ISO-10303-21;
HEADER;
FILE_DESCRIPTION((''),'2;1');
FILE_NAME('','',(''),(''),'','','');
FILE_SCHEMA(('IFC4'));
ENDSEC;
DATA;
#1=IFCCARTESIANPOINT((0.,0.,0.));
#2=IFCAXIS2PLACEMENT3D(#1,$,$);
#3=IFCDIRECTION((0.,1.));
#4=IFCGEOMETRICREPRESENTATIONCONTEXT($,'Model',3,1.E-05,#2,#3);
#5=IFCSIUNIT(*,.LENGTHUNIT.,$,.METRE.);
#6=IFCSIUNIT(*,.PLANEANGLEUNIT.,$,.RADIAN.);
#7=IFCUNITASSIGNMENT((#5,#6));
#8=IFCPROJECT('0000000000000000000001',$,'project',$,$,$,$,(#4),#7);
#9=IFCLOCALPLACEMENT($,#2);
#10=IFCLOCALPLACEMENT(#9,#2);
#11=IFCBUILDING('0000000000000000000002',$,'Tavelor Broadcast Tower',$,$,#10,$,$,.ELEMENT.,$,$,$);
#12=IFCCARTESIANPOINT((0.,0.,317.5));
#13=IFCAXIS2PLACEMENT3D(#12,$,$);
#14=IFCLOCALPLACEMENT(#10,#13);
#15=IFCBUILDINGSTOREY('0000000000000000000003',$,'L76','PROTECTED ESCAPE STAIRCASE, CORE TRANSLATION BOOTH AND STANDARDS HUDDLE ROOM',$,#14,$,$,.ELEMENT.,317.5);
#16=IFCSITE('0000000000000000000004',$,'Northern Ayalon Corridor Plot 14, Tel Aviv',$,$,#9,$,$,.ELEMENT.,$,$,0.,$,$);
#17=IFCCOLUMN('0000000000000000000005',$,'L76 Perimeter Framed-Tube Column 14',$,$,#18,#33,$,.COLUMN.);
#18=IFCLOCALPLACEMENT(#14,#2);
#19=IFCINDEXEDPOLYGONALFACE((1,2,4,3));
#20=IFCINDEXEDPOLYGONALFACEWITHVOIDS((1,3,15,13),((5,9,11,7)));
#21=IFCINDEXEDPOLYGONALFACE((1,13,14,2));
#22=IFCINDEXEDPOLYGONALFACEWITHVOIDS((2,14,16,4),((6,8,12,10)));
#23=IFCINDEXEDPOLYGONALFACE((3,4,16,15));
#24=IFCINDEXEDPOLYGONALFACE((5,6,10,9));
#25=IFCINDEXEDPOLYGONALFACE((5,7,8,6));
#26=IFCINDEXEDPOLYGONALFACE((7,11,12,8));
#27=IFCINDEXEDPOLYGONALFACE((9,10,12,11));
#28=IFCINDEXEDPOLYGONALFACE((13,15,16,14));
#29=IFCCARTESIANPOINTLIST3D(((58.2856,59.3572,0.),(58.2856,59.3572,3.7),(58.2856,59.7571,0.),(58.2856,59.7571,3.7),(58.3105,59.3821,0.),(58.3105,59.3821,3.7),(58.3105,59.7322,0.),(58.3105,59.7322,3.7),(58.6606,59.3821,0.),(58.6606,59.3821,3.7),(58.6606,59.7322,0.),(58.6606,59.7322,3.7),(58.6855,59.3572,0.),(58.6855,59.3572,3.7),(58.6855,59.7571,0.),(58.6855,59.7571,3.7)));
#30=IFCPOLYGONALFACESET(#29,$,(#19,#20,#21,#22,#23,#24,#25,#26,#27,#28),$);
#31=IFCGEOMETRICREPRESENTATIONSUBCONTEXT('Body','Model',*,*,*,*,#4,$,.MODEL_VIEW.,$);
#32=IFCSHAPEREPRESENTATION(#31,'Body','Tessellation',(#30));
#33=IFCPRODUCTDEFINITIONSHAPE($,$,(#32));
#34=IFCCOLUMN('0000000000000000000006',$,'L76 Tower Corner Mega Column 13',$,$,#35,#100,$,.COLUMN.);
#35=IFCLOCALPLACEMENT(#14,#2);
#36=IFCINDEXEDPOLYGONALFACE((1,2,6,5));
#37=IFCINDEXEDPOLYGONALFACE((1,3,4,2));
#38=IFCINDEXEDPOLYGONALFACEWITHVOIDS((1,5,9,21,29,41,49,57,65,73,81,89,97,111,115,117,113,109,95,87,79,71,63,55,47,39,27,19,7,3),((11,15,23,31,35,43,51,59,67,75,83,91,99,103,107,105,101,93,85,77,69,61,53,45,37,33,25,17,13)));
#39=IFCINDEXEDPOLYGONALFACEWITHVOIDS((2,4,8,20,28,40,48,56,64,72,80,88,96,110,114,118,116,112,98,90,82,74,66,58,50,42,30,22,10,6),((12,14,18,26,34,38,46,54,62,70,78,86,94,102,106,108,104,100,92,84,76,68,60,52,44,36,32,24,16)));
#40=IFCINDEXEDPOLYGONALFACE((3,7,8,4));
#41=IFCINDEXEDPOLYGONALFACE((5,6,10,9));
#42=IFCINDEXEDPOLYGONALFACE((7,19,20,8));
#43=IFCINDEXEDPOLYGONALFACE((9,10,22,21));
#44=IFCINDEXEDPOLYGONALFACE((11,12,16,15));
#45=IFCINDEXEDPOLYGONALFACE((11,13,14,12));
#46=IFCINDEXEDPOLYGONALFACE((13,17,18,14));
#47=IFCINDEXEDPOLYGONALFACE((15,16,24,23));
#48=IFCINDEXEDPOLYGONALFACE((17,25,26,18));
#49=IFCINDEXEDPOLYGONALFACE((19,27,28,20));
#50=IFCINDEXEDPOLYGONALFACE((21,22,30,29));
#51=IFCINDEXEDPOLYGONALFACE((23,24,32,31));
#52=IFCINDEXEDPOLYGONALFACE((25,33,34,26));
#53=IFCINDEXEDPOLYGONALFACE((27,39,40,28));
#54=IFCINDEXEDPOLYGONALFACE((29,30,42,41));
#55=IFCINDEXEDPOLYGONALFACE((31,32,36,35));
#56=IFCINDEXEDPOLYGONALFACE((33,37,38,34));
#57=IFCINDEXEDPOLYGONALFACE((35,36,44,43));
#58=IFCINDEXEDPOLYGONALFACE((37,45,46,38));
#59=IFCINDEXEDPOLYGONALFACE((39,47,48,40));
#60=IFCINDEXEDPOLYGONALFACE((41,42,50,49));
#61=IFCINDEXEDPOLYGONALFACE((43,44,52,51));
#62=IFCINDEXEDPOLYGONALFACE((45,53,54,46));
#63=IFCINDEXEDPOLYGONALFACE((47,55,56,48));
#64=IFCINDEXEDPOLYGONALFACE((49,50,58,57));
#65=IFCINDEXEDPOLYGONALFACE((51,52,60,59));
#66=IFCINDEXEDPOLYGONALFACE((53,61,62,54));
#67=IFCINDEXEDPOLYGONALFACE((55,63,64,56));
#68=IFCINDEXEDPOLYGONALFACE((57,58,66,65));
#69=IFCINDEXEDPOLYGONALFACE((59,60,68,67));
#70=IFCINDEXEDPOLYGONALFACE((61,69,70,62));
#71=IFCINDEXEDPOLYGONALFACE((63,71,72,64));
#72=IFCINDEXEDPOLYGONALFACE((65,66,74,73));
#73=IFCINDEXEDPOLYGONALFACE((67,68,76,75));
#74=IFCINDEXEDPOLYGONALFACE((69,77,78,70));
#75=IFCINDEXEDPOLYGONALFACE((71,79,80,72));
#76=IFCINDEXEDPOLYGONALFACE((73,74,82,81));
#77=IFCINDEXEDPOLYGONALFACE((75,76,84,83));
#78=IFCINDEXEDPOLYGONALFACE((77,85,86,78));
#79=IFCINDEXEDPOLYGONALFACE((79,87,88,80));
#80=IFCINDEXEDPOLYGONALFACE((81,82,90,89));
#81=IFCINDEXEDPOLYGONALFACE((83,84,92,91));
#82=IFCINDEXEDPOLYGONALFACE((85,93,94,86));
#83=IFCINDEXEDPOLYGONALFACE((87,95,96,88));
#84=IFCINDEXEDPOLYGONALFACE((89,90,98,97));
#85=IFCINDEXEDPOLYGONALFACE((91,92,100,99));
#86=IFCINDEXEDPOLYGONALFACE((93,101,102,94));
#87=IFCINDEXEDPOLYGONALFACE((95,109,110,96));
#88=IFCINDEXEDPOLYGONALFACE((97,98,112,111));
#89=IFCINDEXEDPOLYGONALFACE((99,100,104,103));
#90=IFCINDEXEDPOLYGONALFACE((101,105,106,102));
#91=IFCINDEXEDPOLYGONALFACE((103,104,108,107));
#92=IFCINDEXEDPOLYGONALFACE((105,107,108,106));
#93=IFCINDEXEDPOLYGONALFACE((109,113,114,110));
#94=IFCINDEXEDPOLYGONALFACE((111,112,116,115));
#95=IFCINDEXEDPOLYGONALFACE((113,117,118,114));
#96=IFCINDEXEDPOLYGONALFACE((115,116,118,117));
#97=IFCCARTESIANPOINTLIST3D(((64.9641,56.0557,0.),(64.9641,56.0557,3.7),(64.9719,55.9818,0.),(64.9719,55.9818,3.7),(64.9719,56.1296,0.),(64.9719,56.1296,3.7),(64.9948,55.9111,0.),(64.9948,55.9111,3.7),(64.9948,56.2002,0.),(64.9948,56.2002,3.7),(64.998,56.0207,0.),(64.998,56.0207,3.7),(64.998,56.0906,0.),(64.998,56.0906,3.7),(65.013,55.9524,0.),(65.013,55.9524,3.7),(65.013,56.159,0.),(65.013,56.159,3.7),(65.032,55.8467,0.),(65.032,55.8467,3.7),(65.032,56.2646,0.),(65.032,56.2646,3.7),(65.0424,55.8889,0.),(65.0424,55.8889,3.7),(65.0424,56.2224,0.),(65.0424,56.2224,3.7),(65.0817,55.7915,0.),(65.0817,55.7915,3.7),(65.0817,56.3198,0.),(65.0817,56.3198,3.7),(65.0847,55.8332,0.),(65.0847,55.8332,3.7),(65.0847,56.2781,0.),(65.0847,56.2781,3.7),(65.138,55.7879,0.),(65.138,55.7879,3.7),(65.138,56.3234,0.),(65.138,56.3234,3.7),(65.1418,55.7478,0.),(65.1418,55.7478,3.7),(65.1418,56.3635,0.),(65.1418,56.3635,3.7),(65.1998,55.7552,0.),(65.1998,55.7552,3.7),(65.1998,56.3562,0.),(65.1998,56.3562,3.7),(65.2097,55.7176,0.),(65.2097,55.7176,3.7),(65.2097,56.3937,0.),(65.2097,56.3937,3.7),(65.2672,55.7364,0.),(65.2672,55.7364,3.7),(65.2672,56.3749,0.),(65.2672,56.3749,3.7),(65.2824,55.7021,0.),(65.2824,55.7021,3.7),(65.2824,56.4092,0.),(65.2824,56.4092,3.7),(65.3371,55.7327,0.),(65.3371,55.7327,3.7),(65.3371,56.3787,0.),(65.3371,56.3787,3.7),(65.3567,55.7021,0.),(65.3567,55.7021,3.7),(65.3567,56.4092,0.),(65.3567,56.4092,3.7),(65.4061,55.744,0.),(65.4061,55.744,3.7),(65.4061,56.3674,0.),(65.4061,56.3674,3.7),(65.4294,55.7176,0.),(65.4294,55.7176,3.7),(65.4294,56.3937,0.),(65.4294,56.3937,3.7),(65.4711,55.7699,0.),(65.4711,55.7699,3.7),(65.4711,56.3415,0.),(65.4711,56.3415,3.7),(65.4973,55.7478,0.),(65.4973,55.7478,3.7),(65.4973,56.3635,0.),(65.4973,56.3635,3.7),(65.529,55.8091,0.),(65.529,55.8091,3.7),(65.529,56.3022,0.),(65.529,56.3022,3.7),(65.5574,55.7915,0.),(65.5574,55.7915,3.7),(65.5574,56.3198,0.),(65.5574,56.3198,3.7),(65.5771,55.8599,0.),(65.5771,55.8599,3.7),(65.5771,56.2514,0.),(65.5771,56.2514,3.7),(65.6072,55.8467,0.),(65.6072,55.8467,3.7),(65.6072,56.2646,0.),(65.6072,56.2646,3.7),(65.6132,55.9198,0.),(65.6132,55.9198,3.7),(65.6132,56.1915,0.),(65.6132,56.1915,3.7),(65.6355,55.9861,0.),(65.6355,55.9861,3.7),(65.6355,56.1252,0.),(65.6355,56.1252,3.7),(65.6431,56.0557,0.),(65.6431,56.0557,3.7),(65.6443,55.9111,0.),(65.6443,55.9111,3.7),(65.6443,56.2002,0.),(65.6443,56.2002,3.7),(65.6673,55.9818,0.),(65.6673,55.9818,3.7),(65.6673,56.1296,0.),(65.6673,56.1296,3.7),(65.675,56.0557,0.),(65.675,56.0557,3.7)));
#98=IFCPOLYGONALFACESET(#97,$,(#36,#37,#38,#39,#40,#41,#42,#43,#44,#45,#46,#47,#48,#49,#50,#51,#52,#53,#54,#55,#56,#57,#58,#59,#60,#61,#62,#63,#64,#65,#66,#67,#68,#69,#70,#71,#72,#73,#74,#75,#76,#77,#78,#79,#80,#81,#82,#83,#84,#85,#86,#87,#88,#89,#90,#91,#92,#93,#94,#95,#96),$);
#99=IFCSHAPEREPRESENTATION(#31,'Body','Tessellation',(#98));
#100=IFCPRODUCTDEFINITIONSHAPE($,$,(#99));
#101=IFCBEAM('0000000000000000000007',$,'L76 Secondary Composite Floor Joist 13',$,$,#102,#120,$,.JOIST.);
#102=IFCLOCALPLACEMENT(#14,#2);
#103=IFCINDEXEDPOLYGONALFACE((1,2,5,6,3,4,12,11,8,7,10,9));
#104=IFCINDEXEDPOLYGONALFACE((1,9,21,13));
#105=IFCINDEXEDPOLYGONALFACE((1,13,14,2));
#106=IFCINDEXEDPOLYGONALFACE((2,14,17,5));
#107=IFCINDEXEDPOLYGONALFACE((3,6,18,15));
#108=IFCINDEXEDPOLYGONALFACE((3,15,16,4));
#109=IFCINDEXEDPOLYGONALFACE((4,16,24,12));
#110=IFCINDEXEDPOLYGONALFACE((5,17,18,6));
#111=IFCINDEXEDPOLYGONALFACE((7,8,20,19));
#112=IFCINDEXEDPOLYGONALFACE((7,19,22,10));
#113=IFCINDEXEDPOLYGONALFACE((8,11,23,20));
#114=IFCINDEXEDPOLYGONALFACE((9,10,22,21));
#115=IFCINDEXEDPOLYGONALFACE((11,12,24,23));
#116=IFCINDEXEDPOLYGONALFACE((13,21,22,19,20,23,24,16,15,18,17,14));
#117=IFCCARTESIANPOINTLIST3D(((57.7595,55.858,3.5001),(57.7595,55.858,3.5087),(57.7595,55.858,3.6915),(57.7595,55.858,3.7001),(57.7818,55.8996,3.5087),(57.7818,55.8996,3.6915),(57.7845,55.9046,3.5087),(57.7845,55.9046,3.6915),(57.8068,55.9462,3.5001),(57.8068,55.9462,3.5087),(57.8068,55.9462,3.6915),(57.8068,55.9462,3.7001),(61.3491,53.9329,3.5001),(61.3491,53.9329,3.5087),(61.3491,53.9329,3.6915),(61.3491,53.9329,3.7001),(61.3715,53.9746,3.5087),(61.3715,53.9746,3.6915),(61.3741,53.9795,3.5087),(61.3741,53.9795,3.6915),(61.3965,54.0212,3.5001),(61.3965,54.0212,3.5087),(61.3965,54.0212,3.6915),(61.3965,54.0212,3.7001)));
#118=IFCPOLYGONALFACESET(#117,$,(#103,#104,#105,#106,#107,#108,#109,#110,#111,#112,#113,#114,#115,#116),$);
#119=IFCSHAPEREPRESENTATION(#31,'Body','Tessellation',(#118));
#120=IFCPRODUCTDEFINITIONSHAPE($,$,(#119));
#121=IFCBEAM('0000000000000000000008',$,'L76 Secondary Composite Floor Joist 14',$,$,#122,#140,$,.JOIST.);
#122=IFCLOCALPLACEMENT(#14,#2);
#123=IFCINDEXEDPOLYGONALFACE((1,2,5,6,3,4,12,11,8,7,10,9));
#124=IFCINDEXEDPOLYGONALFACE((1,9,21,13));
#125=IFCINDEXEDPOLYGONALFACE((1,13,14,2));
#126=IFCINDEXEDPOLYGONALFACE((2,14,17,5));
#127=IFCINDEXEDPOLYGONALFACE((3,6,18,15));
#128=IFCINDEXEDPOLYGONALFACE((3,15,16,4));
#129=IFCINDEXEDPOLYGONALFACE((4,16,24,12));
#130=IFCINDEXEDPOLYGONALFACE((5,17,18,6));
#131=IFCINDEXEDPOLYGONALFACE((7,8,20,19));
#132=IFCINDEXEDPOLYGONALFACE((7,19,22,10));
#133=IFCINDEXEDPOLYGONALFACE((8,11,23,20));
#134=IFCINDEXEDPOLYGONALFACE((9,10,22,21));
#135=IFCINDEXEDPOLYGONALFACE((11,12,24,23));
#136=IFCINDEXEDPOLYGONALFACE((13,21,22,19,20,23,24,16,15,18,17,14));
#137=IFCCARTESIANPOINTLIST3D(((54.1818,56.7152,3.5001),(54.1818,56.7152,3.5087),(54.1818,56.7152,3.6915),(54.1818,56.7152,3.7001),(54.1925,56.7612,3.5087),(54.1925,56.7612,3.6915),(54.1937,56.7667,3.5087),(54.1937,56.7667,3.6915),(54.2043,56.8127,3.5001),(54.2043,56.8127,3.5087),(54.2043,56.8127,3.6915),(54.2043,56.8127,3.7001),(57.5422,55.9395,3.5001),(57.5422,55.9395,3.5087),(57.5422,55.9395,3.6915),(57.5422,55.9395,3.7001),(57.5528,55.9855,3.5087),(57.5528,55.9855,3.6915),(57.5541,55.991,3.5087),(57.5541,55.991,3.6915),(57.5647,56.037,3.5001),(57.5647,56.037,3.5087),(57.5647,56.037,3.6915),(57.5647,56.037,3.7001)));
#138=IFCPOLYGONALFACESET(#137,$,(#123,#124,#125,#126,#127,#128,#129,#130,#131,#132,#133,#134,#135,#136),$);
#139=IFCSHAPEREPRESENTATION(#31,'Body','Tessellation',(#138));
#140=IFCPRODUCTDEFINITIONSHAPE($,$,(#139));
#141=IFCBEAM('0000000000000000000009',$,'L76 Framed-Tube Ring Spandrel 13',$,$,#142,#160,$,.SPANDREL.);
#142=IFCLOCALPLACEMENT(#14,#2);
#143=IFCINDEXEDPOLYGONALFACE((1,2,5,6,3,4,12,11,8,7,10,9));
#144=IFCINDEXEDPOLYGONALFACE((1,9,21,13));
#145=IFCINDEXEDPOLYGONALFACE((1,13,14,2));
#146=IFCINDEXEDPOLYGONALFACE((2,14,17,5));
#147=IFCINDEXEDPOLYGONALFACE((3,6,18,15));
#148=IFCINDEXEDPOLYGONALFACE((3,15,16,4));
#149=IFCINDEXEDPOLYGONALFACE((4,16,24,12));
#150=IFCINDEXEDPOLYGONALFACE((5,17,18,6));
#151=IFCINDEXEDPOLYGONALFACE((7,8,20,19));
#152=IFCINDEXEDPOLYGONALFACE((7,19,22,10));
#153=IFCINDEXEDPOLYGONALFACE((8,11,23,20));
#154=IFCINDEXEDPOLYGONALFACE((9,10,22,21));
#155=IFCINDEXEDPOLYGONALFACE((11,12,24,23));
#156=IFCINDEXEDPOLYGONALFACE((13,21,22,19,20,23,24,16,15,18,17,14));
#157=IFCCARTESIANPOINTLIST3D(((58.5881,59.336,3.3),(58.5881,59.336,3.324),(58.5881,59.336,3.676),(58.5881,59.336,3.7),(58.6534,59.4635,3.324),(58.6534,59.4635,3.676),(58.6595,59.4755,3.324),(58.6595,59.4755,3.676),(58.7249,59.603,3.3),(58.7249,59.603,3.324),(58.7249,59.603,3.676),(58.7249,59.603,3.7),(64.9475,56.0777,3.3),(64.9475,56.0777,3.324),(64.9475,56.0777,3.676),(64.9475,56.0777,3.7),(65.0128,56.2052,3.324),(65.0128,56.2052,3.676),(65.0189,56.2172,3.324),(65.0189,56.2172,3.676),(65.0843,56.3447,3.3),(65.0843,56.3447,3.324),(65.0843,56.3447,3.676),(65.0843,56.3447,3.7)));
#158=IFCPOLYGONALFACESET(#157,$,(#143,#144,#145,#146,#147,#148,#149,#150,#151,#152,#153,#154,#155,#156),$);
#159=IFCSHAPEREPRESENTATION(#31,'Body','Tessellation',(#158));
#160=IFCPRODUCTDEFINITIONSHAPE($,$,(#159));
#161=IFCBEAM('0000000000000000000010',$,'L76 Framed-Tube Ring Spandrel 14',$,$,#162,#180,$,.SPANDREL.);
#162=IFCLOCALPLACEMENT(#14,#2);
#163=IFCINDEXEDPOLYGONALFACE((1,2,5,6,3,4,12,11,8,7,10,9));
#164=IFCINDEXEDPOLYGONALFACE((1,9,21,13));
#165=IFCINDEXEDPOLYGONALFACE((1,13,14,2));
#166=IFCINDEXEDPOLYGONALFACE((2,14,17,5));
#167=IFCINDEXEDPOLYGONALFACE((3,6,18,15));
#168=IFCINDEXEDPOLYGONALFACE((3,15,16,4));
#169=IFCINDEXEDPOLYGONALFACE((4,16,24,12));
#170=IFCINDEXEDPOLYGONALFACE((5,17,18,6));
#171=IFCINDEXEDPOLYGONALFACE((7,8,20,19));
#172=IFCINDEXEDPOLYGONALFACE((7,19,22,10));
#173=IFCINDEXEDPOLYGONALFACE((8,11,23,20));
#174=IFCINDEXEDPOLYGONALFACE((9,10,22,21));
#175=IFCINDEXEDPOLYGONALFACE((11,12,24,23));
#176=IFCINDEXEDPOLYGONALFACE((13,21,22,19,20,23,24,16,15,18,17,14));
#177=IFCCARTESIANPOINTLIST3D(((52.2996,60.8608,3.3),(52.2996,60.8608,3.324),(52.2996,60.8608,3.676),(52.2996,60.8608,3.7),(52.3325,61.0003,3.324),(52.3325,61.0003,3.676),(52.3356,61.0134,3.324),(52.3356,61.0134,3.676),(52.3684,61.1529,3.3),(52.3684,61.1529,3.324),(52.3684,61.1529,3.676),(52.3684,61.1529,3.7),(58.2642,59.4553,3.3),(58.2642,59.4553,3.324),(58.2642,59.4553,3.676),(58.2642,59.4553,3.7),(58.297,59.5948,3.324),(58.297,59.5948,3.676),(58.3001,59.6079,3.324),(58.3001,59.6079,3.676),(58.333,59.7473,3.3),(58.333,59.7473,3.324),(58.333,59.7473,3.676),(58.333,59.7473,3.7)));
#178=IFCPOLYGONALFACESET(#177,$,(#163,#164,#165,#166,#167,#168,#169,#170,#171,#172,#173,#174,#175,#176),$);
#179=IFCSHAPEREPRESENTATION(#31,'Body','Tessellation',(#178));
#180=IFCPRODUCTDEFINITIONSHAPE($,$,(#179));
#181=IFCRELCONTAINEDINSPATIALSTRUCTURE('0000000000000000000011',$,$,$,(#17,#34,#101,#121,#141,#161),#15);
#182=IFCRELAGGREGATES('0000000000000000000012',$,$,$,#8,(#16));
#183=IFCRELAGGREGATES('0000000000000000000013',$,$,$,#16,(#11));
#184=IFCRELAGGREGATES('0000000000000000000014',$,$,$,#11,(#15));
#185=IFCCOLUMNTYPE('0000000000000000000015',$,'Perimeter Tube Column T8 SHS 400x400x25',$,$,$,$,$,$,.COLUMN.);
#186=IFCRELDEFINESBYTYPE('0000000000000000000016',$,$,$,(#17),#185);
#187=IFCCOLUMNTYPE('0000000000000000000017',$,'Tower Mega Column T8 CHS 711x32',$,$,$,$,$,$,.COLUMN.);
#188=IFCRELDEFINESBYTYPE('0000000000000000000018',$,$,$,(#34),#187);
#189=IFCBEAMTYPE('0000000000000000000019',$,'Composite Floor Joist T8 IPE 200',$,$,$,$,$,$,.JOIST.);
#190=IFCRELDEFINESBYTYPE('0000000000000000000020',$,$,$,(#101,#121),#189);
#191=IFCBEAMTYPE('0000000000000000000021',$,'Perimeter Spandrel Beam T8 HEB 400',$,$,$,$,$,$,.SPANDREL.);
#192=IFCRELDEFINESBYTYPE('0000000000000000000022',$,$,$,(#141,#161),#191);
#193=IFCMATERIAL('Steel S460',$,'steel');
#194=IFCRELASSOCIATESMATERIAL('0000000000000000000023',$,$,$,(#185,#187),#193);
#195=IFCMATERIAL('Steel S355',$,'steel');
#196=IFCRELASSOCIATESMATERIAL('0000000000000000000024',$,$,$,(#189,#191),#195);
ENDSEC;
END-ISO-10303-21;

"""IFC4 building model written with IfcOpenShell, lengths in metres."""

from ifc_helpers import new_model, si_unit, direction, frame, origin, origin_2d, place, context, subcontext, project, spatial, hollow_rectangle, hollow_circle, i_section, extrude, material, material_profile, profile_set, type_object, element, save


model = new_model("IFC4")

# Units and contexts
model_context = context("Model", 3, precision=1e-05, world=origin(), true_north=direction((0.0, 1.0)))
body_context = subcontext(model_context, "Body", "Model", "MODEL_VIEW")
ifc_project = project(units=[si_unit("LENGTHUNIT", "METRE"), si_unit("PLANEANGLEUNIT", "RADIAN")], contexts=[model_context])

# Site, building, storey
site_placement = place(None, origin())
site = spatial("IfcSite", under=ifc_project, at=site_placement, Name="Northern Ayalon Corridor Plot 14, Tel Aviv", CompositionType="ELEMENT", RefElevation=0.0)
building_placement = place(site_placement, origin())
building = spatial("IfcBuilding", under=site, at=building_placement, Name="Tavelor Broadcast Tower", CompositionType="ELEMENT")
storey_placement = place(building_placement, frame((0.0, 0.0, 317.5)))
storey = spatial("IfcBuildingStorey", under=building, at=storey_placement, Name="L76", Description="PROTECTED ESCAPE STAIRCASE, CORE TRANSLATION BOOTH AND STANDARDS HUDDLE ROOM", CompositionType="ELEMENT", Elevation=317.5)

# Columns
ifc_material_1 = material(Name="Steel S460", Category="steel")
ifc_material_profile_1 = material_profile(ifc_material_1, hollow_rectangle(XDim=0.3999, YDim=0.3999, WallThickness=0.0249, at=origin_2d()), Name="SHS 400x400x25")
ifc_profile_set_1 = profile_set([ifc_material_profile_1], Name="Steel S460")
column_type_1 = type_object("IfcColumnType", Name="Perimeter Tube Column T8 SHS 400x400x25", PredefinedType="COLUMN", material=ifc_profile_set_1)
column_1_placement = place(storey_placement, frame((58.4856, 59.5571, 0.0), z_axis=(0.0, 0.0, 1.0), x_axis=(1.0, 0.0, 0.0)))
element("IfcColumn", 1, at=column_1_placement, inside=storey, type_object=column_type_1, Name="L76 Perimeter Framed-Tube Column 14", PredefinedType="COLUMN", context=body_context, shape_type="SweptSolid", body=[
    extrude(hollow_rectangle(XDim=0.3999, YDim=0.3999, WallThickness=0.0249, at=origin_2d()), origin(), (0.0, 0.0, 1.0), 3.7),
])
ifc_material_profile_2 = material_profile(ifc_material_1, hollow_circle(Radius=0.3555, WallThickness=0.032, at=origin_2d()), Name="CHS 711x32")
ifc_profile_set_2 = profile_set([ifc_material_profile_2], Name="Steel S460")
column_type_2 = type_object("IfcColumnType", Name="Tower Mega Column T8 CHS 711x32", PredefinedType="COLUMN", material=ifc_profile_set_2)
column_2_placement = place(storey_placement, frame((65.3196, 56.0557, 0.0), z_axis=(0.0, 0.0, 1.0), x_axis=(1.0, 0.0, 0.0)))
element("IfcColumn", 2, at=column_2_placement, inside=storey, type_object=column_type_2, Name="L76 Tower Corner Mega Column 13", PredefinedType="COLUMN", context=body_context, shape_type="SweptSolid", body=[
    extrude(hollow_circle(Radius=0.3555, WallThickness=0.032, at=origin_2d()), origin(), (0.0, 0.0, 1.0), 3.7),
])

# Beams
ifc_material_2 = material(Name="Steel S355", Category="steel")
ifc_material_profile_3 = material_profile(ifc_material_2, i_section(OverallWidth=0.1001, OverallDepth=0.2, WebThickness=0.0056, FlangeThickness=0.0085, at=origin_2d()), Name="IPE 200")
ifc_profile_set_3 = profile_set([ifc_material_profile_3], Name="Steel S355")
beam_type_1 = type_object("IfcBeamType", Name="Composite Floor Joist T8 IPE 200", PredefinedType="JOIST", material=ifc_profile_set_3)
beam_1_placement = place(storey_placement, frame((61.3728, 53.9771, 3.6001), z_axis=(-0.88127, 0.472612, 0.0), x_axis=(-0.472612, -0.88127, 0.0)))
element("IfcBeam", 3, at=beam_1_placement, inside=storey, type_object=beam_type_1, Name="L76 Secondary Composite Floor Joist 13", PredefinedType="JOIST", context=body_context, shape_type="SweptSolid", body=[
    extrude(i_section(OverallWidth=0.1001, OverallDepth=0.2, WebThickness=0.0056, FlangeThickness=0.0085, at=origin_2d()), origin(), (0.0, 0.0, 1.0), 4.0732),
])
beam_2_placement = place(storey_placement, frame((57.5535, 55.9883, 3.6001), z_axis=(-0.97438, 0.224906, 0.0), x_axis=(-0.224906, -0.97438, 0.0)))
element("IfcBeam", 4, at=beam_2_placement, inside=storey, type_object=beam_type_1, Name="L76 Secondary Composite Floor Joist 14", PredefinedType="JOIST", context=body_context, shape_type="SweptSolid", body=[
    extrude(i_section(OverallWidth=0.1001, OverallDepth=0.2, WebThickness=0.0056, FlangeThickness=0.0085, at=origin_2d()), origin(), (0.0, 0.0, 1.0), 3.4487),
])
ifc_material_profile_4 = material_profile(ifc_material_2, i_section(OverallWidth=0.3, OverallDepth=0.3999, WebThickness=0.0134, FlangeThickness=0.0239, at=origin_2d()), Name="HEB 400")
ifc_profile_set_4 = profile_set([ifc_material_profile_4], Name="Steel S355")
beam_type_2 = type_object("IfcBeamType", Name="Perimeter Spandrel Beam T8 HEB 400", PredefinedType="SPANDREL", material=ifc_profile_set_4)
beam_3_placement = place(storey_placement, frame((65.0159, 56.2112, 3.5), z_axis=(-0.889983, 0.455993, 0.0), x_axis=(-0.455993, -0.889983, 0.0)))
element("IfcBeam", 5, at=beam_3_placement, inside=storey, type_object=beam_type_2, Name="L76 Framed-Tube Ring Spandrel 13", PredefinedType="SPANDREL", context=body_context, shape_type="SweptSolid", body=[
    extrude(i_section(OverallWidth=0.3, OverallDepth=0.3999, WebThickness=0.0134, FlangeThickness=0.0239, at=origin_2d()), origin(), (0.0, 0.0, 1.0), 7.1455),
])
beam_4_placement = place(storey_placement, frame((58.2986, 59.6013, 3.5), z_axis=(-0.973341, 0.229361, 0.0), x_axis=(-0.229361, -0.973341, 0.0)))
element("IfcBeam", 6, at=beam_4_placement, inside=storey, type_object=beam_type_2, Name="L76 Framed-Tube Ring Spandrel 14", PredefinedType="SPANDREL", context=body_context, shape_type="SweptSolid", body=[
    extrude(i_section(OverallWidth=0.3, OverallDepth=0.3999, WebThickness=0.0134, FlangeThickness=0.0239, at=origin_2d()), origin(), (0.0, 0.0, 1.0), 6.1279),
])

save(model, "model.ifc")
